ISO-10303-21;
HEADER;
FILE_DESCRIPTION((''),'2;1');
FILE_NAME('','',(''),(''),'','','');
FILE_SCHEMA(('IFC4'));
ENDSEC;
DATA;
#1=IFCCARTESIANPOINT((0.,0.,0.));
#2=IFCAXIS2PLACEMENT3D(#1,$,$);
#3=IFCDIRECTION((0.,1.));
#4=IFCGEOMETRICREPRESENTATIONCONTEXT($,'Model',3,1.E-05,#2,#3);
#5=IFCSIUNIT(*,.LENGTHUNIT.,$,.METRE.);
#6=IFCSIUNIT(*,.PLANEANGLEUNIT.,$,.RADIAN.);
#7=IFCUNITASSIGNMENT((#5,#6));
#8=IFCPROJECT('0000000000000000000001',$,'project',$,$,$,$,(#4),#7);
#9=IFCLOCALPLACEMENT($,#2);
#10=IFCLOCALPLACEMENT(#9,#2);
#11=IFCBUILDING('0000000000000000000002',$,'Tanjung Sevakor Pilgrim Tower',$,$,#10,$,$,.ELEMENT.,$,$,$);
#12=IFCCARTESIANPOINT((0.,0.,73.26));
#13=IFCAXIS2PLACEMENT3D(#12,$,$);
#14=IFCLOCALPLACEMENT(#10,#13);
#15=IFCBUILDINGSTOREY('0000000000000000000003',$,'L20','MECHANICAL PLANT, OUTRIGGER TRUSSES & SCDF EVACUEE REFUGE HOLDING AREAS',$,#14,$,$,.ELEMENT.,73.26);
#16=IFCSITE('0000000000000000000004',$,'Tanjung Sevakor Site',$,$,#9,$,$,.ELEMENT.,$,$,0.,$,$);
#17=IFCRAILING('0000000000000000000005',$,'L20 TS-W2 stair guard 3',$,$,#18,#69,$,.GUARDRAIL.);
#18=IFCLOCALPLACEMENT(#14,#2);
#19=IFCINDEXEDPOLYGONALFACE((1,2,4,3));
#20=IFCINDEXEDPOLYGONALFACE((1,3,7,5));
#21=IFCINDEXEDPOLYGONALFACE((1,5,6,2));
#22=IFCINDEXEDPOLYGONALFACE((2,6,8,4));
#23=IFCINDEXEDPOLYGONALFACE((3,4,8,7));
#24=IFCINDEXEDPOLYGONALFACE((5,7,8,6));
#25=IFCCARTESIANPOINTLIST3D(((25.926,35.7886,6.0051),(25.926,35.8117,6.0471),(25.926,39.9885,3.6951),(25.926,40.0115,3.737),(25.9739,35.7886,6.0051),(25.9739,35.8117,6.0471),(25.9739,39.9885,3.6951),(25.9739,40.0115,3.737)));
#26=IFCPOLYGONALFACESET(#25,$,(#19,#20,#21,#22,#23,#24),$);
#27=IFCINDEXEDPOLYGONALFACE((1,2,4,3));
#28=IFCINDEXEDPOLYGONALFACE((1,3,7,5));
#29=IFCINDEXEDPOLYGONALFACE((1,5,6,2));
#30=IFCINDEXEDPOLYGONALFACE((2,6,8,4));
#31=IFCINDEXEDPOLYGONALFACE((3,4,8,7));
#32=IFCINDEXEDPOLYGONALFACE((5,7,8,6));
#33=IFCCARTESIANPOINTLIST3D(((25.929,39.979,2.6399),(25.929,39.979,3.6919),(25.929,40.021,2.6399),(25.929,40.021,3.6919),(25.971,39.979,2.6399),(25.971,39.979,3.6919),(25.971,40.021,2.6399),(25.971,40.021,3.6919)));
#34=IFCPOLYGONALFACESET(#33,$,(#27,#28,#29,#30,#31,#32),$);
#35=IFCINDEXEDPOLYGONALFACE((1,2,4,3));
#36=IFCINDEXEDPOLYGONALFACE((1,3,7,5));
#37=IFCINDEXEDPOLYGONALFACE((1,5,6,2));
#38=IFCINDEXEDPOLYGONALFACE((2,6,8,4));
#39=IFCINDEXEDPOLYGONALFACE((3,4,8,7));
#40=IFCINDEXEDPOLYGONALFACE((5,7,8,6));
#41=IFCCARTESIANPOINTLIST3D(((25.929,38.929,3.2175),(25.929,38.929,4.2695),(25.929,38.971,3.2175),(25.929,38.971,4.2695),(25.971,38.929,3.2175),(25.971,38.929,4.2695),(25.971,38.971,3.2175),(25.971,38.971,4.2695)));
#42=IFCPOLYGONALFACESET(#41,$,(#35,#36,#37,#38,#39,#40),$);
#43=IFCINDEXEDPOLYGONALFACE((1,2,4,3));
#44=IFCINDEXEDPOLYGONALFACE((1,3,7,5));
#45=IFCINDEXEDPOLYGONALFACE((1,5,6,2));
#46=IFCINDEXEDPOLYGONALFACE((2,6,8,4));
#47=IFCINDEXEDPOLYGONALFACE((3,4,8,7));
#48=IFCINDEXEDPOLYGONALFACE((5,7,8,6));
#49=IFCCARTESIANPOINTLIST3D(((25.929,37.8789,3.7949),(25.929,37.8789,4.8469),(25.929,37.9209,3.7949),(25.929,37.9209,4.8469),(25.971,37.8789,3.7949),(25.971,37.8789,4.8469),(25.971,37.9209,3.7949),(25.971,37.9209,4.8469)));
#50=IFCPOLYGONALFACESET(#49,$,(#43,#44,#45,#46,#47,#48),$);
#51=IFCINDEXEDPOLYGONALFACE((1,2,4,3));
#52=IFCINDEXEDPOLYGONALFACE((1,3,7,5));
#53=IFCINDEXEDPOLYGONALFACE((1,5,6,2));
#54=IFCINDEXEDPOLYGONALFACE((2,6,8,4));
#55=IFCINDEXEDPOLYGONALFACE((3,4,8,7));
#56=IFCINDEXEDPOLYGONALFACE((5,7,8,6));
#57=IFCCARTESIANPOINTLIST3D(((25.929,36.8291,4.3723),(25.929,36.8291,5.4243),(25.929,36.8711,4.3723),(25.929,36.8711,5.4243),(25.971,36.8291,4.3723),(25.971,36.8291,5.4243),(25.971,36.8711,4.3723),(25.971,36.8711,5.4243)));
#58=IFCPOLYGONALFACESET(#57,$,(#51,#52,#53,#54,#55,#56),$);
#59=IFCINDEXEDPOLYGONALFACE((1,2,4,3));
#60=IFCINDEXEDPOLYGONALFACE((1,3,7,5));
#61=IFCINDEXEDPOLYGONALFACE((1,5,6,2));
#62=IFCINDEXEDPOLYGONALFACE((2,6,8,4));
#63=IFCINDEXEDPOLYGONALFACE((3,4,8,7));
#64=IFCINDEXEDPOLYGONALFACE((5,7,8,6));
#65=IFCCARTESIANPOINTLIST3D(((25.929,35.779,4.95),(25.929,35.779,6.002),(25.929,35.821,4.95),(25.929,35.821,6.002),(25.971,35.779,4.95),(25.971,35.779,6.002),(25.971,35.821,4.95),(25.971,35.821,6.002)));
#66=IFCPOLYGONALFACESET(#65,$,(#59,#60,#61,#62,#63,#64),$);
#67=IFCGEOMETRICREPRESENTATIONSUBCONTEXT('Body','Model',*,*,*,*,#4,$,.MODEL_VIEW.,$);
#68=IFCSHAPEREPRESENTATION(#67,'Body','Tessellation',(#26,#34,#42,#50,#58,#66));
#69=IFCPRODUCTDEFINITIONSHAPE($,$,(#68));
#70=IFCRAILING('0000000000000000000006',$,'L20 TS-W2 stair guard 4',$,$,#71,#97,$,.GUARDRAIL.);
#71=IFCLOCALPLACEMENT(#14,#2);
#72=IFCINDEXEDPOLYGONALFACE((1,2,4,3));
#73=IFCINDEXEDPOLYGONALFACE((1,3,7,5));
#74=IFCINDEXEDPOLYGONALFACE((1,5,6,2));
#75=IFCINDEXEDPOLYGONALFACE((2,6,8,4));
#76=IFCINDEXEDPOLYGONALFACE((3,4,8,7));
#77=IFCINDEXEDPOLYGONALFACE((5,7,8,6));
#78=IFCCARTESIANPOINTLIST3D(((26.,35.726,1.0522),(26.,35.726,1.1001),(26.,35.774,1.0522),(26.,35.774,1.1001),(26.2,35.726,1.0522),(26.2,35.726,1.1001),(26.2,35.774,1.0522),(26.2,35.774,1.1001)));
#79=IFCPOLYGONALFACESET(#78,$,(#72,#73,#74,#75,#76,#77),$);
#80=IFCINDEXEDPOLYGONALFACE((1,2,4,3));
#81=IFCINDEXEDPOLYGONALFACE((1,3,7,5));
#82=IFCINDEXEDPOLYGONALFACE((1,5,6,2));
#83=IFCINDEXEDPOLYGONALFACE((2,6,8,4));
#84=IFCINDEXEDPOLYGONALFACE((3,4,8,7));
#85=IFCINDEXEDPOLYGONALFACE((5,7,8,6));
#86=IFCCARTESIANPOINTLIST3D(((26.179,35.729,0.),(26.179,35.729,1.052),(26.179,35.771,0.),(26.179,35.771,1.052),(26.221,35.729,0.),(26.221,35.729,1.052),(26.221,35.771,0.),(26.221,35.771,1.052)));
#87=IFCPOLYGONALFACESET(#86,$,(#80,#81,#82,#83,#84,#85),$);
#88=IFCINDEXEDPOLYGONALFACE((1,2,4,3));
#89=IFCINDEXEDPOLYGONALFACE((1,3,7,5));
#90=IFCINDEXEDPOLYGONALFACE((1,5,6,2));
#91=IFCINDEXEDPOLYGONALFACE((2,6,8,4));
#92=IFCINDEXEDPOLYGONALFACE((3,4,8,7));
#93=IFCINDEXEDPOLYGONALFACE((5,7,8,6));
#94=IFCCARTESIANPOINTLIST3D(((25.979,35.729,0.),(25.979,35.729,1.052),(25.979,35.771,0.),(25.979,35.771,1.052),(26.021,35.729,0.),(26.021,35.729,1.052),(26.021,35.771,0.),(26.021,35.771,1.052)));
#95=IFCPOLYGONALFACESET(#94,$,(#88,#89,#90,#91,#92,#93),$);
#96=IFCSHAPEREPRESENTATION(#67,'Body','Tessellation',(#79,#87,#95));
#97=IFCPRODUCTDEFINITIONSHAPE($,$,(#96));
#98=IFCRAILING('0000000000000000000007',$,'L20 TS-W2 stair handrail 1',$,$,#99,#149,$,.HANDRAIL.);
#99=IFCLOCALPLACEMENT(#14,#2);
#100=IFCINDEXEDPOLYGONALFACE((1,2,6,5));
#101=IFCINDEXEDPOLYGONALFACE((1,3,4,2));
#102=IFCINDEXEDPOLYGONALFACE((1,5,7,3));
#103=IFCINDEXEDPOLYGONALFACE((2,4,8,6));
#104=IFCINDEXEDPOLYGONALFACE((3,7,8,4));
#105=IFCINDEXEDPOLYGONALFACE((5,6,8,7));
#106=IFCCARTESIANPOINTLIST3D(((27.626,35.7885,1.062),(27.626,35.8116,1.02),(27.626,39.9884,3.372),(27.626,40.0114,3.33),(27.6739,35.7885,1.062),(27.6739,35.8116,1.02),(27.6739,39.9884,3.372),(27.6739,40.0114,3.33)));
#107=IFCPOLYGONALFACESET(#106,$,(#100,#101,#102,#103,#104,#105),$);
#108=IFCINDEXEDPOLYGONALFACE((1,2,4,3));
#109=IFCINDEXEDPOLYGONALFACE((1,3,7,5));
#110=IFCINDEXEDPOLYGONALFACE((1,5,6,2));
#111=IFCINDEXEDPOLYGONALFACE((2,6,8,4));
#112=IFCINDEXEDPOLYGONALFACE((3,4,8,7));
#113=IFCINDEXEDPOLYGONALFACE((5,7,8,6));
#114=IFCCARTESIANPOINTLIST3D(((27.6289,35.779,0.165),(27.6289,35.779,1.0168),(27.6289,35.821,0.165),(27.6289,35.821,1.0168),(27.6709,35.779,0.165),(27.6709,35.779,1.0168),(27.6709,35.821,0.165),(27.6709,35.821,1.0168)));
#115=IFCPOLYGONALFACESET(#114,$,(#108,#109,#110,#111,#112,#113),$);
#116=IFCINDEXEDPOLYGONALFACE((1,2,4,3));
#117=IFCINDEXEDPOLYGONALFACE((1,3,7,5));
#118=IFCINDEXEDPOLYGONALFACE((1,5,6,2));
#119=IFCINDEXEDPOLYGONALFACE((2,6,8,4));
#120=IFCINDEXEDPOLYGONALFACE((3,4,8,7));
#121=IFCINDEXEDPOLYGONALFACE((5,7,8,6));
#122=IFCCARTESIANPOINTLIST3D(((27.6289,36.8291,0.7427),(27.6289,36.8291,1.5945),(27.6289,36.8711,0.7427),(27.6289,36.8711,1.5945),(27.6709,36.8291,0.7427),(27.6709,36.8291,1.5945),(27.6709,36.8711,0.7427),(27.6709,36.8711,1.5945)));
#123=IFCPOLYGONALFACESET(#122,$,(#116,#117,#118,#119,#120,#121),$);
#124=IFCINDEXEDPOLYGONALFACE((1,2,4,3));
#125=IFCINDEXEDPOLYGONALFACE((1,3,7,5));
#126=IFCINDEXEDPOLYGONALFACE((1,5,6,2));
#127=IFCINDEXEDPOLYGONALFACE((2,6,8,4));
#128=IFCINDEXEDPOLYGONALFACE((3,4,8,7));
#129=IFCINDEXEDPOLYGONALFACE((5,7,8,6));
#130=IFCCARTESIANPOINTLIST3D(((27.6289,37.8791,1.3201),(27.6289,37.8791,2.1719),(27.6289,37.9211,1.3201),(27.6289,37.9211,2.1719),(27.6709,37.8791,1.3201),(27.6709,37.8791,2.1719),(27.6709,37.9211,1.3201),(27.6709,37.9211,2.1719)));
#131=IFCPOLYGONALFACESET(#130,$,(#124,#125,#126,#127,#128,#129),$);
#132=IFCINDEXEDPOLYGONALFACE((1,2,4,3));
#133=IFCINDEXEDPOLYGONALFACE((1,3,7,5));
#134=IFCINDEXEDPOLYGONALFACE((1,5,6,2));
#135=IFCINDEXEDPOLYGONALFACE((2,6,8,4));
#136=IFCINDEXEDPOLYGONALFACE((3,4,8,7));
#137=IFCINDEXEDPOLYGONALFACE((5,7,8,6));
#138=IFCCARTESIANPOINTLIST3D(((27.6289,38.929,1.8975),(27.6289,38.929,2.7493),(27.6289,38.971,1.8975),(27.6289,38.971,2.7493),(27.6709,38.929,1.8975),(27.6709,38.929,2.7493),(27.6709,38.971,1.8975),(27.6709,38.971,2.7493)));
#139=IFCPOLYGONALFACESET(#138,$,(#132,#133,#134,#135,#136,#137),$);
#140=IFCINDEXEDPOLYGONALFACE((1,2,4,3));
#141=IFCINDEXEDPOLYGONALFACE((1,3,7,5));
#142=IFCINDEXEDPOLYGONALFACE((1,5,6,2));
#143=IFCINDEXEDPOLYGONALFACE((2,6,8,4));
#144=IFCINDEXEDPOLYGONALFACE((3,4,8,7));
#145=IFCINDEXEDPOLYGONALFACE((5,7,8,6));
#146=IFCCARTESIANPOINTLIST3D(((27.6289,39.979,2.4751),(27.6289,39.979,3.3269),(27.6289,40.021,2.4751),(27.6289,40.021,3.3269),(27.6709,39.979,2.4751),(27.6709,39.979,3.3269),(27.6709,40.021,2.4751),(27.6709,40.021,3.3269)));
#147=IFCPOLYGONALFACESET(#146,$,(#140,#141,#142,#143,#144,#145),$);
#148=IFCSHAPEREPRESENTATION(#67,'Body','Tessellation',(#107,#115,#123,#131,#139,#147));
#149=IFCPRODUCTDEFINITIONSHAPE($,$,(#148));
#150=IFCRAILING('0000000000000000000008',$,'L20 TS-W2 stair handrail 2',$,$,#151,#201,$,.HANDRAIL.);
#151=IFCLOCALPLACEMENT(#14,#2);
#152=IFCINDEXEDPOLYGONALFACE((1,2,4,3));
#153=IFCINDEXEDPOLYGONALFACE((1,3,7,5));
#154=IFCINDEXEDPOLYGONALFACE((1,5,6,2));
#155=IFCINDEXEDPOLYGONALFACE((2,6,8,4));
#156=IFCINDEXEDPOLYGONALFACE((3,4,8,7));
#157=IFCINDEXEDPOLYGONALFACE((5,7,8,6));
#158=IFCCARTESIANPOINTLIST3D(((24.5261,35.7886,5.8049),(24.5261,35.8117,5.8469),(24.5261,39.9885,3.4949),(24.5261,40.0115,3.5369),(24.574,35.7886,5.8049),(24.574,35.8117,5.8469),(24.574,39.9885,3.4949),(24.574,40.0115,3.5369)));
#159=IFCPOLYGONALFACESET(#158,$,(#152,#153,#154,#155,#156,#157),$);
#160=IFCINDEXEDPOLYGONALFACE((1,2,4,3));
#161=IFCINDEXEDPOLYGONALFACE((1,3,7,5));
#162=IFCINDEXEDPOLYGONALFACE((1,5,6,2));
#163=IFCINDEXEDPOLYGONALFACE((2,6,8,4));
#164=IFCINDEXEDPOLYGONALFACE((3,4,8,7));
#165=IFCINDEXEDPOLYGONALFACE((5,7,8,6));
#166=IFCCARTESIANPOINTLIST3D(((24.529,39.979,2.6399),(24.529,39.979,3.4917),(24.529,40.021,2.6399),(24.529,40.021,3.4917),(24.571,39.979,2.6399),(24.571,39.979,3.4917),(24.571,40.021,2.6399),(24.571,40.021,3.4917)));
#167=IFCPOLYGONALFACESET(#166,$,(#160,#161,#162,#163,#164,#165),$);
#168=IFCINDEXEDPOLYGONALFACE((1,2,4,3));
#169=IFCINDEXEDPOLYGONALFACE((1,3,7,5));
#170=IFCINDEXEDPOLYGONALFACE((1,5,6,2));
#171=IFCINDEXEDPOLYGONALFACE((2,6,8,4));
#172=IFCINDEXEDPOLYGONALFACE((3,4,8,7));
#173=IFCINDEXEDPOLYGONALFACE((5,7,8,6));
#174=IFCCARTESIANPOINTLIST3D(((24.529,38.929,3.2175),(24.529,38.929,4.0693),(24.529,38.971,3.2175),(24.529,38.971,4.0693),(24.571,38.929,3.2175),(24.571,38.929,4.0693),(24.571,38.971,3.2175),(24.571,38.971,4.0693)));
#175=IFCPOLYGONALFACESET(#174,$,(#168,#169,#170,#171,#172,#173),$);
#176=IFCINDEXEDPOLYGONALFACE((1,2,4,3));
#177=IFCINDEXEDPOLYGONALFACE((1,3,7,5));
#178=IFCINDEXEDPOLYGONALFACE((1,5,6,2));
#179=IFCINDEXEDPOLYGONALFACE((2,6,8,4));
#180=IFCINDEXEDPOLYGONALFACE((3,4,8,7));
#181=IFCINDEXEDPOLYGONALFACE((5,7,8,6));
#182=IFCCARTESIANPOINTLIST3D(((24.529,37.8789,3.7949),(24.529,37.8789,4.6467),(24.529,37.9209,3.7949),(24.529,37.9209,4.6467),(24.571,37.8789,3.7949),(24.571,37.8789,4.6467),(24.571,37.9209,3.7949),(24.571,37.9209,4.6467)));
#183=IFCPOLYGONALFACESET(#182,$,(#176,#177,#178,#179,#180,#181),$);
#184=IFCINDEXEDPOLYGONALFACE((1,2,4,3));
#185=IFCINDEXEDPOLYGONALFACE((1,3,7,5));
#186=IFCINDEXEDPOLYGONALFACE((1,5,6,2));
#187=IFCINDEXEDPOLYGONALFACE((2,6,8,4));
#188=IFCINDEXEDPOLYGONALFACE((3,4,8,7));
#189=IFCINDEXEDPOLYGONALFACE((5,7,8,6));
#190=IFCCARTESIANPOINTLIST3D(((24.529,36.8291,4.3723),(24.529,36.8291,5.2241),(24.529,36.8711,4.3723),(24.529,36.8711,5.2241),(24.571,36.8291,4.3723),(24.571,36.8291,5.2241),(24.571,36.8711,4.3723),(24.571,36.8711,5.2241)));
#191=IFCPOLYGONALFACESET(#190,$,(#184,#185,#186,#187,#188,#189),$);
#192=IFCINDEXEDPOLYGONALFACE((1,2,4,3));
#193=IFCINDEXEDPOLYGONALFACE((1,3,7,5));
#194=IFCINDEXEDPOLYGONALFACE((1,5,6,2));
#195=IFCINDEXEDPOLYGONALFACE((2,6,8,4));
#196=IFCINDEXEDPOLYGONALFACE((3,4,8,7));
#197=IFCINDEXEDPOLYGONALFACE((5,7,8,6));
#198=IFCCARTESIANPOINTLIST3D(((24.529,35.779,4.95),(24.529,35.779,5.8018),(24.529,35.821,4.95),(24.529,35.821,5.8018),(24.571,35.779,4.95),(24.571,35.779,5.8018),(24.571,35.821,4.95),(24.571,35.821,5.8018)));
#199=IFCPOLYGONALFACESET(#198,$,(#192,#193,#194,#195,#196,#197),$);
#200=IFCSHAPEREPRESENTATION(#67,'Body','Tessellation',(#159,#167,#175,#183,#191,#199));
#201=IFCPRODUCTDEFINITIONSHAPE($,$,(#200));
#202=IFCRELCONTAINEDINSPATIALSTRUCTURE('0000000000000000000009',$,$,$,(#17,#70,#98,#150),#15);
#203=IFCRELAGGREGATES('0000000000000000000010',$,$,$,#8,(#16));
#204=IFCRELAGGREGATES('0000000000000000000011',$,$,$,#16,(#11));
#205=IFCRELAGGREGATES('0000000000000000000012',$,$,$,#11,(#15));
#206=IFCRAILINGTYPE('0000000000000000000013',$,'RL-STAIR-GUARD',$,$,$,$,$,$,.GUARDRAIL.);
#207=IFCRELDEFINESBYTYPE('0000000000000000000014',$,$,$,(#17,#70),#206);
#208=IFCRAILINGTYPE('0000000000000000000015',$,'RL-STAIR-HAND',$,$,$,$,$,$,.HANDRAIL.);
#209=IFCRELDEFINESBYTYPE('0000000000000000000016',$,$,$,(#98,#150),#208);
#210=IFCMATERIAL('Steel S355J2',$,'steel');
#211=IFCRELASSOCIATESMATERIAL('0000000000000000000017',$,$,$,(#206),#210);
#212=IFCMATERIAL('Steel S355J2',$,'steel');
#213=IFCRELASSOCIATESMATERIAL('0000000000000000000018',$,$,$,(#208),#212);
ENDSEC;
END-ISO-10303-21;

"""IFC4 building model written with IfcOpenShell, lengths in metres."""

from ifc_helpers import new_model, si_unit, direction, frame, origin, place, context, subcontext, project, spatial, rectangle, extrude, material, type_object, element, save


model = new_model("IFC4")

# Units and contexts
model_context = context("Model", 3, precision=1e-05, world=origin(), true_north=direction((0.0, 1.0)))
body_context = subcontext(model_context, "Body", "Model", "MODEL_VIEW")
ifc_project = project(units=[si_unit("LENGTHUNIT", "METRE"), si_unit("PLANEANGLEUNIT", "RADIAN")], contexts=[model_context])

# Site, building, storey
site_placement = place(None, origin())
site = spatial("IfcSite", under=ifc_project, at=site_placement, Name="Tanjung Sevakor Site", CompositionType="ELEMENT", RefElevation=0.0)
building_placement = place(site_placement, origin())
building = spatial("IfcBuilding", under=site, at=building_placement, Name="Tanjung Sevakor Pilgrim Tower", CompositionType="ELEMENT")
storey_placement = place(building_placement, frame((0.0, 0.0, 73.26)))
storey = spatial("IfcBuildingStorey", under=building, at=storey_placement, Name="L20", Description="MECHANICAL PLANT, OUTRIGGER TRUSSES & SCDF EVACUEE REFUGE HOLDING AREAS", CompositionType="ELEMENT", Elevation=73.26)

# Railings
ifc_material_1 = material(Name="Steel S355J2", Category="steel")
railing_type_1 = type_object("IfcRailingType", Name="RL-STAIR-GUARD", PredefinedType="GUARDRAIL", material=ifc_material_1)
railing_1_placement = place(storey_placement, frame((25.95, 40.0, 2.6399)))
element("IfcRailing", 1, at=railing_1_placement, inside=storey, type_object=railing_type_1, Name="L20 TS-W2 stair guard 3", PredefinedType="GUARDRAIL", context=body_context, shape_type="SweptSolid", body=[
    extrude(rectangle(XDim=0.0479, YDim=0.0479), frame((0.0, 0.0, 1.0762), z_axis=(0.0, -0.876208, 0.481932), x_axis=(1.0, 0.0, 0.0)), (0.0, 0.0, 1.0), 4.7932),
    extrude(rectangle(XDim=0.042, YDim=0.042), origin(), (0.0, 0.0, 1.0), 1.052),
    extrude(rectangle(XDim=0.042, YDim=0.042), frame((0.0, -1.05, 0.5776)), (0.0, 0.0, 1.0), 1.052),
    extrude(rectangle(XDim=0.042, YDim=0.042), frame((0.0, -2.1001, 1.155)), (0.0, 0.0, 1.0), 1.052),
    extrude(rectangle(XDim=0.042, YDim=0.042), frame((0.0, -3.1499, 1.7324)), (0.0, 0.0, 1.0), 1.052),
    extrude(rectangle(XDim=0.042, YDim=0.042), frame((0.0, -4.2, 2.3101)), (0.0, 0.0, 1.0), 1.052),
])
railing_2_placement = place(storey_placement, frame((26.2, 35.75, 0.0)))
element("IfcRailing", 2, at=railing_2_placement, inside=storey, type_object=railing_type_1, Name="L20 TS-W2 stair guard 4", PredefinedType="GUARDRAIL", context=body_context, shape_type="SweptSolid", body=[
    extrude(rectangle(XDim=0.0479, YDim=0.0479), frame((0.0, 0.0, 1.0762), z_axis=(-1.0, 0.0, 0.0), x_axis=(0.0, -1.0, 0.0)), (0.0, 0.0, 1.0), 0.2),
    extrude(rectangle(XDim=0.042, YDim=0.042), origin(), (0.0, 0.0, 1.0), 1.052),
    extrude(rectangle(XDim=0.042, YDim=0.042), frame((-0.2, 0.0, 0.0)), (0.0, 0.0, 1.0), 1.052),
])
ifc_material_2 = material(Name="Steel S355J2", Category="steel")
railing_type_2 = type_object("IfcRailingType", Name="RL-STAIR-HAND", PredefinedType="HANDRAIL", material=ifc_material_2)
railing_3_placement = place(storey_placement, frame((27.6499, 35.8, 0.165)))
element("IfcRailing", 3, at=railing_3_placement, inside=storey, type_object=railing_type_2, Name="L20 TS-W2 stair handrail 1", PredefinedType="HANDRAIL", context=body_context, shape_type="SweptSolid", body=[
    extrude(rectangle(XDim=0.0479, YDim=0.0479), frame((0.0, 0.0, 0.876), z_axis=(0.0, 0.876208, 0.481932), x_axis=(-1.0, 0.0, 0.0)), (0.0, 0.0, 1.0), 4.7932),
    extrude(rectangle(XDim=0.042, YDim=0.042), origin(), (0.0, 0.0, 1.0), 0.8518),
    extrude(rectangle(XDim=0.042, YDim=0.042), frame((0.0, 1.05, 0.5776)), (0.0, 0.0, 1.0), 0.8518),
    extrude(rectangle(XDim=0.042, YDim=0.042), frame((0.0, 2.1001, 1.155)), (0.0, 0.0, 1.0), 0.8518),
    extrude(rectangle(XDim=0.042, YDim=0.042), frame((0.0, 3.1499, 1.7324)), (0.0, 0.0, 1.0), 0.8518),
    extrude(rectangle(XDim=0.042, YDim=0.042), frame((0.0, 4.2, 2.3101)), (0.0, 0.0, 1.0), 0.8518),
])
railing_4_placement = place(storey_placement, frame((24.55, 40.0, 2.6399)))
element("IfcRailing", 4, at=railing_4_placement, inside=storey, type_object=railing_type_2, Name="L20 TS-W2 stair handrail 2", PredefinedType="HANDRAIL", context=body_context, shape_type="SweptSolid", body=[
    extrude(rectangle(XDim=0.0479, YDim=0.0479), frame((0.0, 0.0, 0.876), z_axis=(0.0, -0.876208, 0.481932), x_axis=(1.0, 0.0, 0.0)), (0.0, 0.0, 1.0), 4.7932),
    extrude(rectangle(XDim=0.042, YDim=0.042), origin(), (0.0, 0.0, 1.0), 0.8518),
    extrude(rectangle(XDim=0.042, YDim=0.042), frame((0.0, -1.05, 0.5776)), (0.0, 0.0, 1.0), 0.8518),
    extrude(rectangle(XDim=0.042, YDim=0.042), frame((0.0, -2.1001, 1.155)), (0.0, 0.0, 1.0), 0.8518),
    extrude(rectangle(XDim=0.042, YDim=0.042), frame((0.0, -3.1499, 1.7324)), (0.0, 0.0, 1.0), 0.8518),
    extrude(rectangle(XDim=0.042, YDim=0.042), frame((0.0, -4.2, 2.3101)), (0.0, 0.0, 1.0), 0.8518),
])

save(model, "model.ifc")
